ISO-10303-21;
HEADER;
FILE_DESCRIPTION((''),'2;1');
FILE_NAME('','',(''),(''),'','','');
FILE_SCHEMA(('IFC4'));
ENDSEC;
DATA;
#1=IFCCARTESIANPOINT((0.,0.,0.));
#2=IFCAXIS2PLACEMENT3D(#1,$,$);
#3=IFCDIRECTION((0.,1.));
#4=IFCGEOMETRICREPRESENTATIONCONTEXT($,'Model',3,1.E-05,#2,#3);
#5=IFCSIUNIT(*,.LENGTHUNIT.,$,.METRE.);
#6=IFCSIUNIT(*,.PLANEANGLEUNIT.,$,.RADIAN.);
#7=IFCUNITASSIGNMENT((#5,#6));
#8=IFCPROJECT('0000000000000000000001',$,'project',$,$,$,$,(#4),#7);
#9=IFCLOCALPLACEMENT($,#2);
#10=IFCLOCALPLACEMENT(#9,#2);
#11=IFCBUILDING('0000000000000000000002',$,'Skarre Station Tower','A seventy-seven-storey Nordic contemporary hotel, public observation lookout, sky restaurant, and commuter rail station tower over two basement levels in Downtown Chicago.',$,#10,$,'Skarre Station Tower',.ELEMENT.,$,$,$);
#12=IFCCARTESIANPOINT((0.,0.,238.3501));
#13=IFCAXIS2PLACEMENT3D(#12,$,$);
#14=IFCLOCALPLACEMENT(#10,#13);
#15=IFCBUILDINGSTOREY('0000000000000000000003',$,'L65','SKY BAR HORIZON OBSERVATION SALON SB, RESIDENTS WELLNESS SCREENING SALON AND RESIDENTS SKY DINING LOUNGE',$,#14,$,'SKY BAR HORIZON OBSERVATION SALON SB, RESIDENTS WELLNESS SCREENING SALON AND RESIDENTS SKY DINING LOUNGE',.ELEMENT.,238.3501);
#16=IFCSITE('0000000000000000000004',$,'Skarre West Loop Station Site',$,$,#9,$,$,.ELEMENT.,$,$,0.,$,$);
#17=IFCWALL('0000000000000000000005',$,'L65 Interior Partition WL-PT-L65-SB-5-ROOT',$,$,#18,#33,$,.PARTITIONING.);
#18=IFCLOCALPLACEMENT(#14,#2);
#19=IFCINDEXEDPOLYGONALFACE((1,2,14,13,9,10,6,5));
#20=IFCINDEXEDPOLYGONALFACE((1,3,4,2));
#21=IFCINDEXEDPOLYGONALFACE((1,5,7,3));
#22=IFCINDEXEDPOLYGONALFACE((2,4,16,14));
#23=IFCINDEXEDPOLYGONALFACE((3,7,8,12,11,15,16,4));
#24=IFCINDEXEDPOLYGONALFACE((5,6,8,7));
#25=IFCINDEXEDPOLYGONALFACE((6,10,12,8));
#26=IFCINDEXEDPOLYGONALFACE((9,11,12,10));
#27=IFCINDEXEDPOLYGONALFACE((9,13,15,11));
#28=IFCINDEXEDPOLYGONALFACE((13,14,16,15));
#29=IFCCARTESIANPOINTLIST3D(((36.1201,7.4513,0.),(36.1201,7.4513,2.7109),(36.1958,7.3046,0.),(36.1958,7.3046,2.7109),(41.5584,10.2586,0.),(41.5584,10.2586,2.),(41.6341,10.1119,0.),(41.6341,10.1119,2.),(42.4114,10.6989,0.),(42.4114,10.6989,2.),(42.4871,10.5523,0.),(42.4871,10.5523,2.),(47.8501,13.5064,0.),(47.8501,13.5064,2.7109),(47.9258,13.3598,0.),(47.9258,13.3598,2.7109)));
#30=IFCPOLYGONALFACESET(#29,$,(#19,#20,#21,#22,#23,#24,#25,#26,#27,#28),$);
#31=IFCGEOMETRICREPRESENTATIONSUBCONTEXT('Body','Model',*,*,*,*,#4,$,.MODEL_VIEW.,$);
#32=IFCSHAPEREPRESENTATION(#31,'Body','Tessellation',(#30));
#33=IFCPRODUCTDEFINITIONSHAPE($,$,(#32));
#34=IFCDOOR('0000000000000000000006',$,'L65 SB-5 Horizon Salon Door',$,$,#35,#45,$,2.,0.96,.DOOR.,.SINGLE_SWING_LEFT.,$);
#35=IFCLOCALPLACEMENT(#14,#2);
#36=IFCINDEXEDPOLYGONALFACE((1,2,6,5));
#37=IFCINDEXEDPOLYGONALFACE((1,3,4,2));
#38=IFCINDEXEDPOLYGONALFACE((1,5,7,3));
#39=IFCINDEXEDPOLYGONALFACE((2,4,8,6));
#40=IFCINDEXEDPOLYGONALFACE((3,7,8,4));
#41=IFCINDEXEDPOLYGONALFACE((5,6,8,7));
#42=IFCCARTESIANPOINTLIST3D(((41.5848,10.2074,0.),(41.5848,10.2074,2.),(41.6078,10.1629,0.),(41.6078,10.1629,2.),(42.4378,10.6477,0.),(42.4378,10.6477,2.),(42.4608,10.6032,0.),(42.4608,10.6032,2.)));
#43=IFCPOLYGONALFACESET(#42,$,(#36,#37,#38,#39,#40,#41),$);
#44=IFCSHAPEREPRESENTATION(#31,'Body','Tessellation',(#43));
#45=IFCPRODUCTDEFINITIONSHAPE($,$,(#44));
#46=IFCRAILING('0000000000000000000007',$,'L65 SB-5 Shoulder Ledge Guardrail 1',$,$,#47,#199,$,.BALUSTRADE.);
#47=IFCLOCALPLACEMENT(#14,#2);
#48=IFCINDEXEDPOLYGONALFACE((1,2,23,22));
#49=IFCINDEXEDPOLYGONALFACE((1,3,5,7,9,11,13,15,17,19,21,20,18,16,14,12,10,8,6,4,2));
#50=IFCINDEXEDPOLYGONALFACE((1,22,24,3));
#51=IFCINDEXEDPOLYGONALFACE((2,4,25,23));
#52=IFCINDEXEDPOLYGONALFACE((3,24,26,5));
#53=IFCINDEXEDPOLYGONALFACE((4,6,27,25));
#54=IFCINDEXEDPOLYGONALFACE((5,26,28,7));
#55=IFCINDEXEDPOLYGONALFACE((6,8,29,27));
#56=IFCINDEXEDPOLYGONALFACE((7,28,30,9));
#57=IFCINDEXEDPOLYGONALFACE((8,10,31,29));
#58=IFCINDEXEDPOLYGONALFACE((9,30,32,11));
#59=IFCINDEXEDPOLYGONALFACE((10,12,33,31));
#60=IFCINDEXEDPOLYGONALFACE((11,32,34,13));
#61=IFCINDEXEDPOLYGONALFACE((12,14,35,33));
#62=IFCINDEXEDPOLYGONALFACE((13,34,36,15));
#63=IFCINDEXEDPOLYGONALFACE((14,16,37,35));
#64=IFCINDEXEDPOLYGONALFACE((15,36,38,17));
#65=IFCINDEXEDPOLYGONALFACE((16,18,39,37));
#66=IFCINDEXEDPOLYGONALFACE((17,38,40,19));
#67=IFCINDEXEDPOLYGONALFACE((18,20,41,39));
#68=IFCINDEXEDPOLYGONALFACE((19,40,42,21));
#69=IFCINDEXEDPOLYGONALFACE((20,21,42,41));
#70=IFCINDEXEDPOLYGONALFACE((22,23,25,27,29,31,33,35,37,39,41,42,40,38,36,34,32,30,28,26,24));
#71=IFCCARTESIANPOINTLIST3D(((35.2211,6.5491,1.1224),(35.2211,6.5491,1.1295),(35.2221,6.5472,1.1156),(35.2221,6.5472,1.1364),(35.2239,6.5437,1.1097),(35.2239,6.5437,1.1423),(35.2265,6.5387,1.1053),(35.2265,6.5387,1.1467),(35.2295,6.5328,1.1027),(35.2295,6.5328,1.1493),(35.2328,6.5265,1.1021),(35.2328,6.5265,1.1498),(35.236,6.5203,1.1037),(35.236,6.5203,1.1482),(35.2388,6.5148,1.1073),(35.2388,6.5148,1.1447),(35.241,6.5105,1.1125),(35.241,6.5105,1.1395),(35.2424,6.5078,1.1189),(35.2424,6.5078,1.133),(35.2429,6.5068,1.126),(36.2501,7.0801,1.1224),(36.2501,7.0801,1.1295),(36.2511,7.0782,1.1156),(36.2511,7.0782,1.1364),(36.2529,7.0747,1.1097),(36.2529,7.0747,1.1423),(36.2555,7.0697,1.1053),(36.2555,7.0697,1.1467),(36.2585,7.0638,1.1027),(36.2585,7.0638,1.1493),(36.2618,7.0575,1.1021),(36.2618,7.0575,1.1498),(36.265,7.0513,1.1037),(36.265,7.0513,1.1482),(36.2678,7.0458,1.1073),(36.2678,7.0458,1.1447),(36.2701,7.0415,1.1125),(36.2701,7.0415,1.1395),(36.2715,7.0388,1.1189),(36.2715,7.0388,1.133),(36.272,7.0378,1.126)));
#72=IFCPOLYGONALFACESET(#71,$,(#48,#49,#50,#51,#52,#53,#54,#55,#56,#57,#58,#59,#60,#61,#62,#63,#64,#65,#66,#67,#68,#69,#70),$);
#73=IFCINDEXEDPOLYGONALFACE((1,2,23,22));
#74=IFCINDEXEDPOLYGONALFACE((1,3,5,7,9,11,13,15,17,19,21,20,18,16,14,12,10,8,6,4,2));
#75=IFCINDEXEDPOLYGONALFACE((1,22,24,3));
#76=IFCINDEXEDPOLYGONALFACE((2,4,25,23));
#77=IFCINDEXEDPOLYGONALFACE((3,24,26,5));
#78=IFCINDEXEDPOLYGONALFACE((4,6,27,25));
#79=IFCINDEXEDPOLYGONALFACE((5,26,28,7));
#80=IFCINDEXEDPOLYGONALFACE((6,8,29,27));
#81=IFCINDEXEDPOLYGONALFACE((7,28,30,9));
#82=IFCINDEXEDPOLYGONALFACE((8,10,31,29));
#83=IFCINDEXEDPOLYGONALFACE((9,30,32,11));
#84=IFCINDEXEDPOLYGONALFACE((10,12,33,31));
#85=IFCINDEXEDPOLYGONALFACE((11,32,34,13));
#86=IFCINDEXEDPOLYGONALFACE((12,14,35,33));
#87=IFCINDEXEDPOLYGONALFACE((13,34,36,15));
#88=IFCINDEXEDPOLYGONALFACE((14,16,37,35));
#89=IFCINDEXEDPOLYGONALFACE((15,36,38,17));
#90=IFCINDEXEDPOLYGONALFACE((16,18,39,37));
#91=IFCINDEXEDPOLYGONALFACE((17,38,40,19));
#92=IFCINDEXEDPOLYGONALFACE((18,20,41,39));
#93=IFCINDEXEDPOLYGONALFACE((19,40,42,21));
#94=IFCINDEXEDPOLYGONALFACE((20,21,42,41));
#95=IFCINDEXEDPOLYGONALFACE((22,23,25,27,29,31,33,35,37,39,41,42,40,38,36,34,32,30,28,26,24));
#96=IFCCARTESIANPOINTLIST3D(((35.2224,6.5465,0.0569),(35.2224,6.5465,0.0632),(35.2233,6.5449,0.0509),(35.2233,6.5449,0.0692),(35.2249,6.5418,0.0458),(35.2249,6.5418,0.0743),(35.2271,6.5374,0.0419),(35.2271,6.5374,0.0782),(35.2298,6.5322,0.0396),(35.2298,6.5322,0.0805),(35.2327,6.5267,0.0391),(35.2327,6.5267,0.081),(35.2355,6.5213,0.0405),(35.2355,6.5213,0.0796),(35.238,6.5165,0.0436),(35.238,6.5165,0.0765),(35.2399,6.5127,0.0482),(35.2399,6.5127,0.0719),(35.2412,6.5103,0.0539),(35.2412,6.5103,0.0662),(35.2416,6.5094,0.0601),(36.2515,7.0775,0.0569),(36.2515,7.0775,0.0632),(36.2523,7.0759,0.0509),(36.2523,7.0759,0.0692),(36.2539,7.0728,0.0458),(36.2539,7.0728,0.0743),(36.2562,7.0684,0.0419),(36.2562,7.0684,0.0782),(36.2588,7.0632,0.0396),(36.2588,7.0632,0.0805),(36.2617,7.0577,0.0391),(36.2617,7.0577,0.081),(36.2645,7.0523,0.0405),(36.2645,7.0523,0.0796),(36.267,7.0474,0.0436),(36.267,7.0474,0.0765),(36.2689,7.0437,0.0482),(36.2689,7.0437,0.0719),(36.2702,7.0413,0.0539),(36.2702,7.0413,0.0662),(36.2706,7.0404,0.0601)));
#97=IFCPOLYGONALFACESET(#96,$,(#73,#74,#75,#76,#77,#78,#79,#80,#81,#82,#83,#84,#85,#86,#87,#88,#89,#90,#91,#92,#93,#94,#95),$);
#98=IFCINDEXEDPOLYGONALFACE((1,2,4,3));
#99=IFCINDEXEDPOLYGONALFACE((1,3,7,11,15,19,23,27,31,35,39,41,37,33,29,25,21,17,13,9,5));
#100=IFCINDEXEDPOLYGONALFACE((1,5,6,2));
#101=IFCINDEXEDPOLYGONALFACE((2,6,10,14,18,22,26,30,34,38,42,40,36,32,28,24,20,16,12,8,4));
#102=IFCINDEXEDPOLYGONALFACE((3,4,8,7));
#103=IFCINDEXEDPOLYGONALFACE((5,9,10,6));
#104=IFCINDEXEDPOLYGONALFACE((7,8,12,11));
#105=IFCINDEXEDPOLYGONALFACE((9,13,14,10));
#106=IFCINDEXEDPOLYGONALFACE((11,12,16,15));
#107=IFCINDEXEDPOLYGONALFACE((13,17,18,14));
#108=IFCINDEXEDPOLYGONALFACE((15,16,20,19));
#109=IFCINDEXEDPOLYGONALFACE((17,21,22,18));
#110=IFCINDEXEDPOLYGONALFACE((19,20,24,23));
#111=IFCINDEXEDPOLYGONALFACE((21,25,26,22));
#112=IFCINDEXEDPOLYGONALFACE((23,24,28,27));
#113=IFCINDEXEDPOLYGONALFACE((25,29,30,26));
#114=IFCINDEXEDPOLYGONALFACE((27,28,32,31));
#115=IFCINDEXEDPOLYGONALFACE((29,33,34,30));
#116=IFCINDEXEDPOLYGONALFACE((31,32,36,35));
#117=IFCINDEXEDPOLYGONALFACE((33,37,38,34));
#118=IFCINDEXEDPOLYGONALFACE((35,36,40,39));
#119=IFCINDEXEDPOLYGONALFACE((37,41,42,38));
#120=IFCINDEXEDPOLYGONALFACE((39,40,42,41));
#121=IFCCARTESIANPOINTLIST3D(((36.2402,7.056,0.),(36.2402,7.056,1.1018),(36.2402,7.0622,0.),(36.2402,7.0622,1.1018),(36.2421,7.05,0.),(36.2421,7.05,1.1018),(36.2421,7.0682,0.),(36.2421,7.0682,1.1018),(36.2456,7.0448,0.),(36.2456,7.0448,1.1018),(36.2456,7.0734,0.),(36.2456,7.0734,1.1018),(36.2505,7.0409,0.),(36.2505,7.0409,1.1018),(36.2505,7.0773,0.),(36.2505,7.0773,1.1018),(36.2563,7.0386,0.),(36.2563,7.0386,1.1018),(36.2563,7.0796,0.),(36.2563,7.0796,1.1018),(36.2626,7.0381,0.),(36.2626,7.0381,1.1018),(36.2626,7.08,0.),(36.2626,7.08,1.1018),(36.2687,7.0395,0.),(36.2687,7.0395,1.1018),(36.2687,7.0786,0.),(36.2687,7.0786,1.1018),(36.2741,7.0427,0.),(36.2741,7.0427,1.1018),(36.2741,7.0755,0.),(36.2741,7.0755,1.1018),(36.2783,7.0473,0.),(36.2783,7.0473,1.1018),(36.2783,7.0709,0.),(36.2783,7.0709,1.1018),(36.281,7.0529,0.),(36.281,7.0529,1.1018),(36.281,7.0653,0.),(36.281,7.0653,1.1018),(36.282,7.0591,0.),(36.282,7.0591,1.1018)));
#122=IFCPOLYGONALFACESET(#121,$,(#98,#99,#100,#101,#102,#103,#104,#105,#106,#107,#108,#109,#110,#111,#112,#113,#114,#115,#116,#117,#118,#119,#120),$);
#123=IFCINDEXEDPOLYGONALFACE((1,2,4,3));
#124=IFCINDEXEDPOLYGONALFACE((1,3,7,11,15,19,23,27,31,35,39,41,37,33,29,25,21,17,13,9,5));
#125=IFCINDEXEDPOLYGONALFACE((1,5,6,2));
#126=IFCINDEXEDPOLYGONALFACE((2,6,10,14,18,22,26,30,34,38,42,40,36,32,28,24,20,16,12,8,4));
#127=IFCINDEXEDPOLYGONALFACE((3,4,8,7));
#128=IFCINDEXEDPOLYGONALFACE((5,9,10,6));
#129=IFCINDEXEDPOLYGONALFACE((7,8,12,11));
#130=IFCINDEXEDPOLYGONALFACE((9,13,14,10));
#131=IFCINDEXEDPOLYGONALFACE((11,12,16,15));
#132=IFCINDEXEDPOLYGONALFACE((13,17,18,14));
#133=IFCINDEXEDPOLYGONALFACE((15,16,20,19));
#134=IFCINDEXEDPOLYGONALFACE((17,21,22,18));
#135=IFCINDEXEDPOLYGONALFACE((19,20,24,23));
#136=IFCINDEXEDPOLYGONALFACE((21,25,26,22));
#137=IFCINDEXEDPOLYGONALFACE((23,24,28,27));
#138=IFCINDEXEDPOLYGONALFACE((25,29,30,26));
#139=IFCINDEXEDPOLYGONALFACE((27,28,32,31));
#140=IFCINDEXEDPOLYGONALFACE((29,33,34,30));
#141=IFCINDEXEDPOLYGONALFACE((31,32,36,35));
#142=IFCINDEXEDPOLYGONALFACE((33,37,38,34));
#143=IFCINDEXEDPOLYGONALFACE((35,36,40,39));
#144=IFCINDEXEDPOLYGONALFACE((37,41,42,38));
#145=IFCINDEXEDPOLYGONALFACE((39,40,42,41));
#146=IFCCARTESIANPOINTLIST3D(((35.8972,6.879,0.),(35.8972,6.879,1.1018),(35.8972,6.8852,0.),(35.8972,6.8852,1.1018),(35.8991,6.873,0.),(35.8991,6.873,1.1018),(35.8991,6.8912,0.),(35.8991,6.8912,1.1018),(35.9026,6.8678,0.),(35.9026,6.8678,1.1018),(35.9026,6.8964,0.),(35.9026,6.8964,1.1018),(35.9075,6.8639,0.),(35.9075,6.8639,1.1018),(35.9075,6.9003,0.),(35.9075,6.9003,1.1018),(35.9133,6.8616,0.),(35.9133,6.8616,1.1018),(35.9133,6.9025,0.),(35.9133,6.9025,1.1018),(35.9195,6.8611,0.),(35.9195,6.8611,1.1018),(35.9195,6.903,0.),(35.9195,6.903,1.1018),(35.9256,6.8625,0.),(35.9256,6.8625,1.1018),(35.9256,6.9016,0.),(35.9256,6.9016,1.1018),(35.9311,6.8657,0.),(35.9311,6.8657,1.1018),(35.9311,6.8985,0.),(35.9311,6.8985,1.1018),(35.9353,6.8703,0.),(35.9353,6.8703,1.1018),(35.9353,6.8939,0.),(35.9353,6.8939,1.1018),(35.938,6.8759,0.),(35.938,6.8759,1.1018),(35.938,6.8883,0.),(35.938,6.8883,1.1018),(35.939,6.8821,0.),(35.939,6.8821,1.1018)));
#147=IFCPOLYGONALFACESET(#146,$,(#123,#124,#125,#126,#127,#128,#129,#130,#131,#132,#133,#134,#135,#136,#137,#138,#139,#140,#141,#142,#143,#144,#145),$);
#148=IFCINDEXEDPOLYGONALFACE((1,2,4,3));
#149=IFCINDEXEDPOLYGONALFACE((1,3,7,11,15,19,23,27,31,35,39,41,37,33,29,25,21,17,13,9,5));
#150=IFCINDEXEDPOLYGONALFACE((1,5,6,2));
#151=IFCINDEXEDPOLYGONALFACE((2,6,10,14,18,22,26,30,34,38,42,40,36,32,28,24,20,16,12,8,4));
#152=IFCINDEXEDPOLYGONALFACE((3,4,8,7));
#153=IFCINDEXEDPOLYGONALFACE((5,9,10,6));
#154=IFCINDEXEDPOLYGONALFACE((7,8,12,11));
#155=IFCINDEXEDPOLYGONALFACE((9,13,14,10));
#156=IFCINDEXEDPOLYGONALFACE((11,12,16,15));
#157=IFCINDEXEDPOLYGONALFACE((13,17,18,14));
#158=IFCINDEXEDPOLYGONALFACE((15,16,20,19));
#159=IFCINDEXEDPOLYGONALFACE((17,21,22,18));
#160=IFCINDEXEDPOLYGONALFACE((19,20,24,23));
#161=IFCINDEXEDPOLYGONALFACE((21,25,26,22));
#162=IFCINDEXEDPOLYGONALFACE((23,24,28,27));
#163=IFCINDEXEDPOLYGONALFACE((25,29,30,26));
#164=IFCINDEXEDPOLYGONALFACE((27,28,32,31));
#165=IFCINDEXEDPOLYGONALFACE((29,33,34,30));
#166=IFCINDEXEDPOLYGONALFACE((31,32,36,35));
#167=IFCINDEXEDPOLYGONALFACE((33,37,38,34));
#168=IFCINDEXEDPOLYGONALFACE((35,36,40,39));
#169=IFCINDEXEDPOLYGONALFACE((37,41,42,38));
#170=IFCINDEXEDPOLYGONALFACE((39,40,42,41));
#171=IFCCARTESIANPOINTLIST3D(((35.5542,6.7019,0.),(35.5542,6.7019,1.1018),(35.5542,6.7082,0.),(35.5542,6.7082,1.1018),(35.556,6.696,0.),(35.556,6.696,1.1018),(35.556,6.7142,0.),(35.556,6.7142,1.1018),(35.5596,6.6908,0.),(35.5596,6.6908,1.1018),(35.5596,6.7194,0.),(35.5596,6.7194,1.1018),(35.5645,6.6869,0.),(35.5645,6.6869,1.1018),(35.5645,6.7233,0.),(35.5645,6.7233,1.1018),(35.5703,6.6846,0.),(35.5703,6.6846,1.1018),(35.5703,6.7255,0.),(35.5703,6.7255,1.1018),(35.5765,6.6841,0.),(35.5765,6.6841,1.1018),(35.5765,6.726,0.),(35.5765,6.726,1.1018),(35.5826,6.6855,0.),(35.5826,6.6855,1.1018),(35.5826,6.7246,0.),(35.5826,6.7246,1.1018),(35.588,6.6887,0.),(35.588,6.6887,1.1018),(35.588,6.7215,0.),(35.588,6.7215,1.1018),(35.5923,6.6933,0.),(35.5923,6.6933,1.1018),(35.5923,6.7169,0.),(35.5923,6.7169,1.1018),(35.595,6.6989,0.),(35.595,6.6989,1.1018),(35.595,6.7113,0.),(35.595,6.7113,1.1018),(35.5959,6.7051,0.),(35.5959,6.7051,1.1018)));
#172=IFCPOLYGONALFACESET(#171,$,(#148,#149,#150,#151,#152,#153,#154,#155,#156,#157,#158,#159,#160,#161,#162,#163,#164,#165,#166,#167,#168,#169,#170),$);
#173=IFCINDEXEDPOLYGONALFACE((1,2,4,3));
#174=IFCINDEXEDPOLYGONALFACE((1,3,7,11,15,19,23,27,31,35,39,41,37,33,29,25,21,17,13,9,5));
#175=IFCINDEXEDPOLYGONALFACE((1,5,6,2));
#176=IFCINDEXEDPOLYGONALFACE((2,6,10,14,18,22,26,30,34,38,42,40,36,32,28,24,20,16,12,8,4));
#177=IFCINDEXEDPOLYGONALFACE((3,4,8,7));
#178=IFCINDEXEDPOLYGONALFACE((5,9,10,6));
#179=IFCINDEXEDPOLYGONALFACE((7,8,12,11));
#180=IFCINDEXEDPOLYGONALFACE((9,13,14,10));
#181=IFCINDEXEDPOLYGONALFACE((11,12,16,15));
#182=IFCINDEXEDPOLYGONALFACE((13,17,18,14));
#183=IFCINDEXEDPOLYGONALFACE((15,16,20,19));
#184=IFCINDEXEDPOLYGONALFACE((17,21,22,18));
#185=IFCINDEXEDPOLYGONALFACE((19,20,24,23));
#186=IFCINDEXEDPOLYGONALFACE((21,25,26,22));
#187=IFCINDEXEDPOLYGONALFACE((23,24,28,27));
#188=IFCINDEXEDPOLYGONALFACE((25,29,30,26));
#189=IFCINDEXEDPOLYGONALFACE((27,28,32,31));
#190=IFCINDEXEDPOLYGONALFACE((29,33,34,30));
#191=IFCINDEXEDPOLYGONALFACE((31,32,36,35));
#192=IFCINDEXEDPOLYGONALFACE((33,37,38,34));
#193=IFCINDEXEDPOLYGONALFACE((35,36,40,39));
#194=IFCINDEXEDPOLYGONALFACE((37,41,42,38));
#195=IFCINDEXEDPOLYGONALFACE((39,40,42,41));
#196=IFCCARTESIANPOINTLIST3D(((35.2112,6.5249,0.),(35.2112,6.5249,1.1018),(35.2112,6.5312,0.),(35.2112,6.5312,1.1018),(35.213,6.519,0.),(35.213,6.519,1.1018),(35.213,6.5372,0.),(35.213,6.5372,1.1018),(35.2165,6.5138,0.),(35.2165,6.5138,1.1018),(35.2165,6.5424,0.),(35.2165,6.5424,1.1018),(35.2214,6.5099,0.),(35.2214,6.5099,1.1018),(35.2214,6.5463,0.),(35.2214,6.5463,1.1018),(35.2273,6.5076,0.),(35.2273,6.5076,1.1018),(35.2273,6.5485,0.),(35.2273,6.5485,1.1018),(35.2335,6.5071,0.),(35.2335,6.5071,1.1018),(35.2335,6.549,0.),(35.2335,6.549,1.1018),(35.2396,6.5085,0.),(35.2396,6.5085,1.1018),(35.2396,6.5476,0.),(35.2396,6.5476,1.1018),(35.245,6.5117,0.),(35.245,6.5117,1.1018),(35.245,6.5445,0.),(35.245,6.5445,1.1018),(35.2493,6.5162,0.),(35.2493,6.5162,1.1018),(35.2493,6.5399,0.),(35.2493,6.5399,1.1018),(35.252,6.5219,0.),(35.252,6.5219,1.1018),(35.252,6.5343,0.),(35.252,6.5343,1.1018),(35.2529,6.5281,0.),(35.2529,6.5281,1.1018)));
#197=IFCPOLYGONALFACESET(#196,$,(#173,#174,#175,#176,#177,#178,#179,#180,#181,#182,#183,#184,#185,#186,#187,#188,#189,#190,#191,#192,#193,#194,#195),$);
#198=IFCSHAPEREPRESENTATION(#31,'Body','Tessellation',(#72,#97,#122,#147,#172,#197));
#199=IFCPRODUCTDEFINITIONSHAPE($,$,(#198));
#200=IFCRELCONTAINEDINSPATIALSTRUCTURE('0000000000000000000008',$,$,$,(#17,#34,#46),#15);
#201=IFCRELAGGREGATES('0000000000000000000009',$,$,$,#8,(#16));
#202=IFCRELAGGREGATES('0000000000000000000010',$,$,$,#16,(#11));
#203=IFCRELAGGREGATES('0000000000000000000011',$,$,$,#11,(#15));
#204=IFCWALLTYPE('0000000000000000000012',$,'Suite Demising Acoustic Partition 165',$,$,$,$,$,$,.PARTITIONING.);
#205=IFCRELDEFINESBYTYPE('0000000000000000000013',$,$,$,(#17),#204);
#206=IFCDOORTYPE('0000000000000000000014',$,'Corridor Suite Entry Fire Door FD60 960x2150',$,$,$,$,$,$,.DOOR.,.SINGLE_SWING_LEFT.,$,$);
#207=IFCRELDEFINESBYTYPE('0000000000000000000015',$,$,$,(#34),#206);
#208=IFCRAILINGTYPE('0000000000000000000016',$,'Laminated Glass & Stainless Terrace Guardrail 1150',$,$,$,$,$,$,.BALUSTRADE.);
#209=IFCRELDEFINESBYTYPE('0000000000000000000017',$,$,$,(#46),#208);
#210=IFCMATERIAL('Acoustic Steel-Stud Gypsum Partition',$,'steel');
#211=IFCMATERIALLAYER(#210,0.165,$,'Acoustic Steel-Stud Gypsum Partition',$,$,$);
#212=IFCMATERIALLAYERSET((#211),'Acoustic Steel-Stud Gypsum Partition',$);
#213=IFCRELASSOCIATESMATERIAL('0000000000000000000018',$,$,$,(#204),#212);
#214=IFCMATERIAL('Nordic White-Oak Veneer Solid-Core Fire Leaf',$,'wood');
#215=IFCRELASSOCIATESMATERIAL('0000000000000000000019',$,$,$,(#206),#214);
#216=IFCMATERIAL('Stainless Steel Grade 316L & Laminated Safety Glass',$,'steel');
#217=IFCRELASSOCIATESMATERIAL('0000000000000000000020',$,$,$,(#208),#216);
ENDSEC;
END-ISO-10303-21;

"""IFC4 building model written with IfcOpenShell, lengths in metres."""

from ifc_helpers import new_model, si_unit, direction, frame, frame_2d, origin, origin_2d, place, context, subcontext, project, spatial, rectangle, circle, extrude, material, layer, layer_set, type_object, element, fill, save


model = new_model("IFC4")

# Units and contexts
model_context = context("Model", 3, precision=1e-05, world=origin(), true_north=direction((0.0, 1.0)))
body_context = subcontext(model_context, "Body", "Model", "MODEL_VIEW")
ifc_project = project(units=[si_unit("LENGTHUNIT", "METRE"), si_unit("PLANEANGLEUNIT", "RADIAN")], contexts=[model_context])

# Site, building, storey
site_placement = place(None, origin())
site = spatial("IfcSite", under=ifc_project, at=site_placement, Name="Skarre West Loop Station Site", CompositionType="ELEMENT", RefElevation=0.0)
building_placement = place(site_placement, origin())
building = spatial("IfcBuilding", under=site, at=building_placement, Name="Skarre Station Tower", Description="A seventy-seven-storey Nordic contemporary hotel, public observation lookout, sky restaurant, and commuter rail station tower over two basement levels in Downtown Chicago.", LongName="Skarre Station Tower", CompositionType="ELEMENT")
storey_placement = place(building_placement, frame((0.0, 0.0, 238.3501)))
storey = spatial("IfcBuildingStorey", under=building, at=storey_placement, Name="L65", Description="SKY BAR HORIZON OBSERVATION SALON SB, RESIDENTS WELLNESS SCREENING SALON AND RESIDENTS SKY DINING LOUNGE", LongName="SKY BAR HORIZON OBSERVATION SALON SB, RESIDENTS WELLNESS SCREENING SALON AND RESIDENTS SKY DINING LOUNGE", CompositionType="ELEMENT", Elevation=238.3501)

# Wall, opening, door
ifc_material_1 = material(Name="Acoustic Steel-Stud Gypsum Partition", Category="steel")
ifc_layer_1 = layer(ifc_material_1, 0.165, Name="Acoustic Steel-Stud Gypsum Partition")
ifc_layer_set_1 = layer_set([ifc_layer_1], Name="Acoustic Steel-Stud Gypsum Partition")
wall_type = type_object("IfcWallType", Name="Suite Demising Acoustic Partition 165", PredefinedType="PARTITIONING", material=ifc_layer_set_1)
wall_placement = place(storey_placement, frame((36.158, 7.3779, 0.0), z_axis=(0.0, 0.0, 1.0), x_axis=(0.88859, 0.458702, 0.0)))
wall = element("IfcWall", 1, at=wall_placement, inside=storey, type_object=wall_type, Name="L65 Interior Partition WL-PT-L65-SB-5-ROOT", PredefinedType="PARTITIONING", context=body_context, shape_type="SweptSolid", body=[
    extrude(rectangle(XDim=13.2007, YDim=0.165, at=frame_2d((6.6003, 0.0))), origin(), (0.0, 0.0, 1.0), 2.7109),
])
opening_placement = place(wall_placement, frame((6.1201, 0.0, 0.0)))
opening = element("IfcOpeningElement", 2, at=opening_placement, cuts=wall, PredefinedType="OPENING", context=body_context, shape_type="SweptSolid", body=[
    extrude(rectangle(XDim=0.96, YDim=2.0, at=frame_2d((0.48, 1.0))), frame((0.0, 0.0925, 0.0), z_axis=(0.0, -1.0, 0.0), x_axis=(1.0, 0.0, 0.0)), (0.0, 0.0, 1.0), 0.1851),
])
ifc_material_2 = material(Name="Nordic White-Oak Veneer Solid-Core Fire Leaf", Category="wood")
door_type = type_object("IfcDoorType", Name="Corridor Suite Entry Fire Door FD60 960x2150", OperationType="SINGLE_SWING_LEFT", PredefinedType="DOOR", material=ifc_material_2)
door_placement = place(opening_placement, origin())
door = element("IfcDoor", 3, at=door_placement, inside=storey, type_object=door_type, Name="L65 SB-5 Horizon Salon Door", OperationType="SINGLE_SWING_LEFT", OverallHeight=2.0, OverallWidth=0.96, PredefinedType="DOOR", context=body_context, shape_type="SweptSolid", body=[
    extrude(rectangle(XDim=0.96, YDim=2.0, at=frame_2d((0.48, 1.0))), frame((0.0, 0.0249, 0.0), z_axis=(0.0, -1.0, 0.0), x_axis=(1.0, 0.0, 0.0)), (0.0, 0.0, 1.0), 0.05),
])
fill(opening, door)

# Railing
ifc_material_3 = material(Name="Stainless Steel Grade 316L & Laminated Safety Glass", Category="steel")
railing_type = type_object("IfcRailingType", Name="Laminated Glass & Stainless Terrace Guardrail 1150", PredefinedType="BALUSTRADE", material=ifc_material_3)
railing_placement = place(storey_placement, frame((36.261, 7.0591, 0.0)))
element("IfcRailing", 4, at=railing_placement, inside=storey, type_object=railing_type, Name="L65 SB-5 Shoulder Ledge Guardrail 1", PredefinedType="BALUSTRADE", context=body_context, shape_type="SweptSolid", body=[
    extrude(circle(Radius=0.0239, at=origin_2d()), frame((0.0, 0.0, 1.126), z_axis=(-0.888662, -0.458562, 0.0), x_axis=(0.458562, -0.888662, 0.0)), (0.0, 0.0, 1.0), 1.158),
    extrude(circle(Radius=0.021, at=origin_2d()), frame((0.0, 0.0, 0.0601), z_axis=(-0.888662, -0.458562, 0.0), x_axis=(0.458562, -0.888662, 0.0)), (0.0, 0.0, 1.0), 1.158),
    extrude(circle(Radius=0.021, at=origin_2d()), origin(), (0.0, 0.0, 1.0), 1.1018),
    extrude(circle(Radius=0.021, at=origin_2d()), frame((-0.343, -0.177, 0.0)), (0.0, 0.0, 1.0), 1.1018),
    extrude(circle(Radius=0.021, at=origin_2d()), frame((-0.686, -0.354, 0.0)), (0.0, 0.0, 1.0), 1.1018),
    extrude(circle(Radius=0.021, at=origin_2d()), frame((-1.0291, -0.531, 0.0)), (0.0, 0.0, 1.0), 1.1018),
])

save(model, "model.ifc")
